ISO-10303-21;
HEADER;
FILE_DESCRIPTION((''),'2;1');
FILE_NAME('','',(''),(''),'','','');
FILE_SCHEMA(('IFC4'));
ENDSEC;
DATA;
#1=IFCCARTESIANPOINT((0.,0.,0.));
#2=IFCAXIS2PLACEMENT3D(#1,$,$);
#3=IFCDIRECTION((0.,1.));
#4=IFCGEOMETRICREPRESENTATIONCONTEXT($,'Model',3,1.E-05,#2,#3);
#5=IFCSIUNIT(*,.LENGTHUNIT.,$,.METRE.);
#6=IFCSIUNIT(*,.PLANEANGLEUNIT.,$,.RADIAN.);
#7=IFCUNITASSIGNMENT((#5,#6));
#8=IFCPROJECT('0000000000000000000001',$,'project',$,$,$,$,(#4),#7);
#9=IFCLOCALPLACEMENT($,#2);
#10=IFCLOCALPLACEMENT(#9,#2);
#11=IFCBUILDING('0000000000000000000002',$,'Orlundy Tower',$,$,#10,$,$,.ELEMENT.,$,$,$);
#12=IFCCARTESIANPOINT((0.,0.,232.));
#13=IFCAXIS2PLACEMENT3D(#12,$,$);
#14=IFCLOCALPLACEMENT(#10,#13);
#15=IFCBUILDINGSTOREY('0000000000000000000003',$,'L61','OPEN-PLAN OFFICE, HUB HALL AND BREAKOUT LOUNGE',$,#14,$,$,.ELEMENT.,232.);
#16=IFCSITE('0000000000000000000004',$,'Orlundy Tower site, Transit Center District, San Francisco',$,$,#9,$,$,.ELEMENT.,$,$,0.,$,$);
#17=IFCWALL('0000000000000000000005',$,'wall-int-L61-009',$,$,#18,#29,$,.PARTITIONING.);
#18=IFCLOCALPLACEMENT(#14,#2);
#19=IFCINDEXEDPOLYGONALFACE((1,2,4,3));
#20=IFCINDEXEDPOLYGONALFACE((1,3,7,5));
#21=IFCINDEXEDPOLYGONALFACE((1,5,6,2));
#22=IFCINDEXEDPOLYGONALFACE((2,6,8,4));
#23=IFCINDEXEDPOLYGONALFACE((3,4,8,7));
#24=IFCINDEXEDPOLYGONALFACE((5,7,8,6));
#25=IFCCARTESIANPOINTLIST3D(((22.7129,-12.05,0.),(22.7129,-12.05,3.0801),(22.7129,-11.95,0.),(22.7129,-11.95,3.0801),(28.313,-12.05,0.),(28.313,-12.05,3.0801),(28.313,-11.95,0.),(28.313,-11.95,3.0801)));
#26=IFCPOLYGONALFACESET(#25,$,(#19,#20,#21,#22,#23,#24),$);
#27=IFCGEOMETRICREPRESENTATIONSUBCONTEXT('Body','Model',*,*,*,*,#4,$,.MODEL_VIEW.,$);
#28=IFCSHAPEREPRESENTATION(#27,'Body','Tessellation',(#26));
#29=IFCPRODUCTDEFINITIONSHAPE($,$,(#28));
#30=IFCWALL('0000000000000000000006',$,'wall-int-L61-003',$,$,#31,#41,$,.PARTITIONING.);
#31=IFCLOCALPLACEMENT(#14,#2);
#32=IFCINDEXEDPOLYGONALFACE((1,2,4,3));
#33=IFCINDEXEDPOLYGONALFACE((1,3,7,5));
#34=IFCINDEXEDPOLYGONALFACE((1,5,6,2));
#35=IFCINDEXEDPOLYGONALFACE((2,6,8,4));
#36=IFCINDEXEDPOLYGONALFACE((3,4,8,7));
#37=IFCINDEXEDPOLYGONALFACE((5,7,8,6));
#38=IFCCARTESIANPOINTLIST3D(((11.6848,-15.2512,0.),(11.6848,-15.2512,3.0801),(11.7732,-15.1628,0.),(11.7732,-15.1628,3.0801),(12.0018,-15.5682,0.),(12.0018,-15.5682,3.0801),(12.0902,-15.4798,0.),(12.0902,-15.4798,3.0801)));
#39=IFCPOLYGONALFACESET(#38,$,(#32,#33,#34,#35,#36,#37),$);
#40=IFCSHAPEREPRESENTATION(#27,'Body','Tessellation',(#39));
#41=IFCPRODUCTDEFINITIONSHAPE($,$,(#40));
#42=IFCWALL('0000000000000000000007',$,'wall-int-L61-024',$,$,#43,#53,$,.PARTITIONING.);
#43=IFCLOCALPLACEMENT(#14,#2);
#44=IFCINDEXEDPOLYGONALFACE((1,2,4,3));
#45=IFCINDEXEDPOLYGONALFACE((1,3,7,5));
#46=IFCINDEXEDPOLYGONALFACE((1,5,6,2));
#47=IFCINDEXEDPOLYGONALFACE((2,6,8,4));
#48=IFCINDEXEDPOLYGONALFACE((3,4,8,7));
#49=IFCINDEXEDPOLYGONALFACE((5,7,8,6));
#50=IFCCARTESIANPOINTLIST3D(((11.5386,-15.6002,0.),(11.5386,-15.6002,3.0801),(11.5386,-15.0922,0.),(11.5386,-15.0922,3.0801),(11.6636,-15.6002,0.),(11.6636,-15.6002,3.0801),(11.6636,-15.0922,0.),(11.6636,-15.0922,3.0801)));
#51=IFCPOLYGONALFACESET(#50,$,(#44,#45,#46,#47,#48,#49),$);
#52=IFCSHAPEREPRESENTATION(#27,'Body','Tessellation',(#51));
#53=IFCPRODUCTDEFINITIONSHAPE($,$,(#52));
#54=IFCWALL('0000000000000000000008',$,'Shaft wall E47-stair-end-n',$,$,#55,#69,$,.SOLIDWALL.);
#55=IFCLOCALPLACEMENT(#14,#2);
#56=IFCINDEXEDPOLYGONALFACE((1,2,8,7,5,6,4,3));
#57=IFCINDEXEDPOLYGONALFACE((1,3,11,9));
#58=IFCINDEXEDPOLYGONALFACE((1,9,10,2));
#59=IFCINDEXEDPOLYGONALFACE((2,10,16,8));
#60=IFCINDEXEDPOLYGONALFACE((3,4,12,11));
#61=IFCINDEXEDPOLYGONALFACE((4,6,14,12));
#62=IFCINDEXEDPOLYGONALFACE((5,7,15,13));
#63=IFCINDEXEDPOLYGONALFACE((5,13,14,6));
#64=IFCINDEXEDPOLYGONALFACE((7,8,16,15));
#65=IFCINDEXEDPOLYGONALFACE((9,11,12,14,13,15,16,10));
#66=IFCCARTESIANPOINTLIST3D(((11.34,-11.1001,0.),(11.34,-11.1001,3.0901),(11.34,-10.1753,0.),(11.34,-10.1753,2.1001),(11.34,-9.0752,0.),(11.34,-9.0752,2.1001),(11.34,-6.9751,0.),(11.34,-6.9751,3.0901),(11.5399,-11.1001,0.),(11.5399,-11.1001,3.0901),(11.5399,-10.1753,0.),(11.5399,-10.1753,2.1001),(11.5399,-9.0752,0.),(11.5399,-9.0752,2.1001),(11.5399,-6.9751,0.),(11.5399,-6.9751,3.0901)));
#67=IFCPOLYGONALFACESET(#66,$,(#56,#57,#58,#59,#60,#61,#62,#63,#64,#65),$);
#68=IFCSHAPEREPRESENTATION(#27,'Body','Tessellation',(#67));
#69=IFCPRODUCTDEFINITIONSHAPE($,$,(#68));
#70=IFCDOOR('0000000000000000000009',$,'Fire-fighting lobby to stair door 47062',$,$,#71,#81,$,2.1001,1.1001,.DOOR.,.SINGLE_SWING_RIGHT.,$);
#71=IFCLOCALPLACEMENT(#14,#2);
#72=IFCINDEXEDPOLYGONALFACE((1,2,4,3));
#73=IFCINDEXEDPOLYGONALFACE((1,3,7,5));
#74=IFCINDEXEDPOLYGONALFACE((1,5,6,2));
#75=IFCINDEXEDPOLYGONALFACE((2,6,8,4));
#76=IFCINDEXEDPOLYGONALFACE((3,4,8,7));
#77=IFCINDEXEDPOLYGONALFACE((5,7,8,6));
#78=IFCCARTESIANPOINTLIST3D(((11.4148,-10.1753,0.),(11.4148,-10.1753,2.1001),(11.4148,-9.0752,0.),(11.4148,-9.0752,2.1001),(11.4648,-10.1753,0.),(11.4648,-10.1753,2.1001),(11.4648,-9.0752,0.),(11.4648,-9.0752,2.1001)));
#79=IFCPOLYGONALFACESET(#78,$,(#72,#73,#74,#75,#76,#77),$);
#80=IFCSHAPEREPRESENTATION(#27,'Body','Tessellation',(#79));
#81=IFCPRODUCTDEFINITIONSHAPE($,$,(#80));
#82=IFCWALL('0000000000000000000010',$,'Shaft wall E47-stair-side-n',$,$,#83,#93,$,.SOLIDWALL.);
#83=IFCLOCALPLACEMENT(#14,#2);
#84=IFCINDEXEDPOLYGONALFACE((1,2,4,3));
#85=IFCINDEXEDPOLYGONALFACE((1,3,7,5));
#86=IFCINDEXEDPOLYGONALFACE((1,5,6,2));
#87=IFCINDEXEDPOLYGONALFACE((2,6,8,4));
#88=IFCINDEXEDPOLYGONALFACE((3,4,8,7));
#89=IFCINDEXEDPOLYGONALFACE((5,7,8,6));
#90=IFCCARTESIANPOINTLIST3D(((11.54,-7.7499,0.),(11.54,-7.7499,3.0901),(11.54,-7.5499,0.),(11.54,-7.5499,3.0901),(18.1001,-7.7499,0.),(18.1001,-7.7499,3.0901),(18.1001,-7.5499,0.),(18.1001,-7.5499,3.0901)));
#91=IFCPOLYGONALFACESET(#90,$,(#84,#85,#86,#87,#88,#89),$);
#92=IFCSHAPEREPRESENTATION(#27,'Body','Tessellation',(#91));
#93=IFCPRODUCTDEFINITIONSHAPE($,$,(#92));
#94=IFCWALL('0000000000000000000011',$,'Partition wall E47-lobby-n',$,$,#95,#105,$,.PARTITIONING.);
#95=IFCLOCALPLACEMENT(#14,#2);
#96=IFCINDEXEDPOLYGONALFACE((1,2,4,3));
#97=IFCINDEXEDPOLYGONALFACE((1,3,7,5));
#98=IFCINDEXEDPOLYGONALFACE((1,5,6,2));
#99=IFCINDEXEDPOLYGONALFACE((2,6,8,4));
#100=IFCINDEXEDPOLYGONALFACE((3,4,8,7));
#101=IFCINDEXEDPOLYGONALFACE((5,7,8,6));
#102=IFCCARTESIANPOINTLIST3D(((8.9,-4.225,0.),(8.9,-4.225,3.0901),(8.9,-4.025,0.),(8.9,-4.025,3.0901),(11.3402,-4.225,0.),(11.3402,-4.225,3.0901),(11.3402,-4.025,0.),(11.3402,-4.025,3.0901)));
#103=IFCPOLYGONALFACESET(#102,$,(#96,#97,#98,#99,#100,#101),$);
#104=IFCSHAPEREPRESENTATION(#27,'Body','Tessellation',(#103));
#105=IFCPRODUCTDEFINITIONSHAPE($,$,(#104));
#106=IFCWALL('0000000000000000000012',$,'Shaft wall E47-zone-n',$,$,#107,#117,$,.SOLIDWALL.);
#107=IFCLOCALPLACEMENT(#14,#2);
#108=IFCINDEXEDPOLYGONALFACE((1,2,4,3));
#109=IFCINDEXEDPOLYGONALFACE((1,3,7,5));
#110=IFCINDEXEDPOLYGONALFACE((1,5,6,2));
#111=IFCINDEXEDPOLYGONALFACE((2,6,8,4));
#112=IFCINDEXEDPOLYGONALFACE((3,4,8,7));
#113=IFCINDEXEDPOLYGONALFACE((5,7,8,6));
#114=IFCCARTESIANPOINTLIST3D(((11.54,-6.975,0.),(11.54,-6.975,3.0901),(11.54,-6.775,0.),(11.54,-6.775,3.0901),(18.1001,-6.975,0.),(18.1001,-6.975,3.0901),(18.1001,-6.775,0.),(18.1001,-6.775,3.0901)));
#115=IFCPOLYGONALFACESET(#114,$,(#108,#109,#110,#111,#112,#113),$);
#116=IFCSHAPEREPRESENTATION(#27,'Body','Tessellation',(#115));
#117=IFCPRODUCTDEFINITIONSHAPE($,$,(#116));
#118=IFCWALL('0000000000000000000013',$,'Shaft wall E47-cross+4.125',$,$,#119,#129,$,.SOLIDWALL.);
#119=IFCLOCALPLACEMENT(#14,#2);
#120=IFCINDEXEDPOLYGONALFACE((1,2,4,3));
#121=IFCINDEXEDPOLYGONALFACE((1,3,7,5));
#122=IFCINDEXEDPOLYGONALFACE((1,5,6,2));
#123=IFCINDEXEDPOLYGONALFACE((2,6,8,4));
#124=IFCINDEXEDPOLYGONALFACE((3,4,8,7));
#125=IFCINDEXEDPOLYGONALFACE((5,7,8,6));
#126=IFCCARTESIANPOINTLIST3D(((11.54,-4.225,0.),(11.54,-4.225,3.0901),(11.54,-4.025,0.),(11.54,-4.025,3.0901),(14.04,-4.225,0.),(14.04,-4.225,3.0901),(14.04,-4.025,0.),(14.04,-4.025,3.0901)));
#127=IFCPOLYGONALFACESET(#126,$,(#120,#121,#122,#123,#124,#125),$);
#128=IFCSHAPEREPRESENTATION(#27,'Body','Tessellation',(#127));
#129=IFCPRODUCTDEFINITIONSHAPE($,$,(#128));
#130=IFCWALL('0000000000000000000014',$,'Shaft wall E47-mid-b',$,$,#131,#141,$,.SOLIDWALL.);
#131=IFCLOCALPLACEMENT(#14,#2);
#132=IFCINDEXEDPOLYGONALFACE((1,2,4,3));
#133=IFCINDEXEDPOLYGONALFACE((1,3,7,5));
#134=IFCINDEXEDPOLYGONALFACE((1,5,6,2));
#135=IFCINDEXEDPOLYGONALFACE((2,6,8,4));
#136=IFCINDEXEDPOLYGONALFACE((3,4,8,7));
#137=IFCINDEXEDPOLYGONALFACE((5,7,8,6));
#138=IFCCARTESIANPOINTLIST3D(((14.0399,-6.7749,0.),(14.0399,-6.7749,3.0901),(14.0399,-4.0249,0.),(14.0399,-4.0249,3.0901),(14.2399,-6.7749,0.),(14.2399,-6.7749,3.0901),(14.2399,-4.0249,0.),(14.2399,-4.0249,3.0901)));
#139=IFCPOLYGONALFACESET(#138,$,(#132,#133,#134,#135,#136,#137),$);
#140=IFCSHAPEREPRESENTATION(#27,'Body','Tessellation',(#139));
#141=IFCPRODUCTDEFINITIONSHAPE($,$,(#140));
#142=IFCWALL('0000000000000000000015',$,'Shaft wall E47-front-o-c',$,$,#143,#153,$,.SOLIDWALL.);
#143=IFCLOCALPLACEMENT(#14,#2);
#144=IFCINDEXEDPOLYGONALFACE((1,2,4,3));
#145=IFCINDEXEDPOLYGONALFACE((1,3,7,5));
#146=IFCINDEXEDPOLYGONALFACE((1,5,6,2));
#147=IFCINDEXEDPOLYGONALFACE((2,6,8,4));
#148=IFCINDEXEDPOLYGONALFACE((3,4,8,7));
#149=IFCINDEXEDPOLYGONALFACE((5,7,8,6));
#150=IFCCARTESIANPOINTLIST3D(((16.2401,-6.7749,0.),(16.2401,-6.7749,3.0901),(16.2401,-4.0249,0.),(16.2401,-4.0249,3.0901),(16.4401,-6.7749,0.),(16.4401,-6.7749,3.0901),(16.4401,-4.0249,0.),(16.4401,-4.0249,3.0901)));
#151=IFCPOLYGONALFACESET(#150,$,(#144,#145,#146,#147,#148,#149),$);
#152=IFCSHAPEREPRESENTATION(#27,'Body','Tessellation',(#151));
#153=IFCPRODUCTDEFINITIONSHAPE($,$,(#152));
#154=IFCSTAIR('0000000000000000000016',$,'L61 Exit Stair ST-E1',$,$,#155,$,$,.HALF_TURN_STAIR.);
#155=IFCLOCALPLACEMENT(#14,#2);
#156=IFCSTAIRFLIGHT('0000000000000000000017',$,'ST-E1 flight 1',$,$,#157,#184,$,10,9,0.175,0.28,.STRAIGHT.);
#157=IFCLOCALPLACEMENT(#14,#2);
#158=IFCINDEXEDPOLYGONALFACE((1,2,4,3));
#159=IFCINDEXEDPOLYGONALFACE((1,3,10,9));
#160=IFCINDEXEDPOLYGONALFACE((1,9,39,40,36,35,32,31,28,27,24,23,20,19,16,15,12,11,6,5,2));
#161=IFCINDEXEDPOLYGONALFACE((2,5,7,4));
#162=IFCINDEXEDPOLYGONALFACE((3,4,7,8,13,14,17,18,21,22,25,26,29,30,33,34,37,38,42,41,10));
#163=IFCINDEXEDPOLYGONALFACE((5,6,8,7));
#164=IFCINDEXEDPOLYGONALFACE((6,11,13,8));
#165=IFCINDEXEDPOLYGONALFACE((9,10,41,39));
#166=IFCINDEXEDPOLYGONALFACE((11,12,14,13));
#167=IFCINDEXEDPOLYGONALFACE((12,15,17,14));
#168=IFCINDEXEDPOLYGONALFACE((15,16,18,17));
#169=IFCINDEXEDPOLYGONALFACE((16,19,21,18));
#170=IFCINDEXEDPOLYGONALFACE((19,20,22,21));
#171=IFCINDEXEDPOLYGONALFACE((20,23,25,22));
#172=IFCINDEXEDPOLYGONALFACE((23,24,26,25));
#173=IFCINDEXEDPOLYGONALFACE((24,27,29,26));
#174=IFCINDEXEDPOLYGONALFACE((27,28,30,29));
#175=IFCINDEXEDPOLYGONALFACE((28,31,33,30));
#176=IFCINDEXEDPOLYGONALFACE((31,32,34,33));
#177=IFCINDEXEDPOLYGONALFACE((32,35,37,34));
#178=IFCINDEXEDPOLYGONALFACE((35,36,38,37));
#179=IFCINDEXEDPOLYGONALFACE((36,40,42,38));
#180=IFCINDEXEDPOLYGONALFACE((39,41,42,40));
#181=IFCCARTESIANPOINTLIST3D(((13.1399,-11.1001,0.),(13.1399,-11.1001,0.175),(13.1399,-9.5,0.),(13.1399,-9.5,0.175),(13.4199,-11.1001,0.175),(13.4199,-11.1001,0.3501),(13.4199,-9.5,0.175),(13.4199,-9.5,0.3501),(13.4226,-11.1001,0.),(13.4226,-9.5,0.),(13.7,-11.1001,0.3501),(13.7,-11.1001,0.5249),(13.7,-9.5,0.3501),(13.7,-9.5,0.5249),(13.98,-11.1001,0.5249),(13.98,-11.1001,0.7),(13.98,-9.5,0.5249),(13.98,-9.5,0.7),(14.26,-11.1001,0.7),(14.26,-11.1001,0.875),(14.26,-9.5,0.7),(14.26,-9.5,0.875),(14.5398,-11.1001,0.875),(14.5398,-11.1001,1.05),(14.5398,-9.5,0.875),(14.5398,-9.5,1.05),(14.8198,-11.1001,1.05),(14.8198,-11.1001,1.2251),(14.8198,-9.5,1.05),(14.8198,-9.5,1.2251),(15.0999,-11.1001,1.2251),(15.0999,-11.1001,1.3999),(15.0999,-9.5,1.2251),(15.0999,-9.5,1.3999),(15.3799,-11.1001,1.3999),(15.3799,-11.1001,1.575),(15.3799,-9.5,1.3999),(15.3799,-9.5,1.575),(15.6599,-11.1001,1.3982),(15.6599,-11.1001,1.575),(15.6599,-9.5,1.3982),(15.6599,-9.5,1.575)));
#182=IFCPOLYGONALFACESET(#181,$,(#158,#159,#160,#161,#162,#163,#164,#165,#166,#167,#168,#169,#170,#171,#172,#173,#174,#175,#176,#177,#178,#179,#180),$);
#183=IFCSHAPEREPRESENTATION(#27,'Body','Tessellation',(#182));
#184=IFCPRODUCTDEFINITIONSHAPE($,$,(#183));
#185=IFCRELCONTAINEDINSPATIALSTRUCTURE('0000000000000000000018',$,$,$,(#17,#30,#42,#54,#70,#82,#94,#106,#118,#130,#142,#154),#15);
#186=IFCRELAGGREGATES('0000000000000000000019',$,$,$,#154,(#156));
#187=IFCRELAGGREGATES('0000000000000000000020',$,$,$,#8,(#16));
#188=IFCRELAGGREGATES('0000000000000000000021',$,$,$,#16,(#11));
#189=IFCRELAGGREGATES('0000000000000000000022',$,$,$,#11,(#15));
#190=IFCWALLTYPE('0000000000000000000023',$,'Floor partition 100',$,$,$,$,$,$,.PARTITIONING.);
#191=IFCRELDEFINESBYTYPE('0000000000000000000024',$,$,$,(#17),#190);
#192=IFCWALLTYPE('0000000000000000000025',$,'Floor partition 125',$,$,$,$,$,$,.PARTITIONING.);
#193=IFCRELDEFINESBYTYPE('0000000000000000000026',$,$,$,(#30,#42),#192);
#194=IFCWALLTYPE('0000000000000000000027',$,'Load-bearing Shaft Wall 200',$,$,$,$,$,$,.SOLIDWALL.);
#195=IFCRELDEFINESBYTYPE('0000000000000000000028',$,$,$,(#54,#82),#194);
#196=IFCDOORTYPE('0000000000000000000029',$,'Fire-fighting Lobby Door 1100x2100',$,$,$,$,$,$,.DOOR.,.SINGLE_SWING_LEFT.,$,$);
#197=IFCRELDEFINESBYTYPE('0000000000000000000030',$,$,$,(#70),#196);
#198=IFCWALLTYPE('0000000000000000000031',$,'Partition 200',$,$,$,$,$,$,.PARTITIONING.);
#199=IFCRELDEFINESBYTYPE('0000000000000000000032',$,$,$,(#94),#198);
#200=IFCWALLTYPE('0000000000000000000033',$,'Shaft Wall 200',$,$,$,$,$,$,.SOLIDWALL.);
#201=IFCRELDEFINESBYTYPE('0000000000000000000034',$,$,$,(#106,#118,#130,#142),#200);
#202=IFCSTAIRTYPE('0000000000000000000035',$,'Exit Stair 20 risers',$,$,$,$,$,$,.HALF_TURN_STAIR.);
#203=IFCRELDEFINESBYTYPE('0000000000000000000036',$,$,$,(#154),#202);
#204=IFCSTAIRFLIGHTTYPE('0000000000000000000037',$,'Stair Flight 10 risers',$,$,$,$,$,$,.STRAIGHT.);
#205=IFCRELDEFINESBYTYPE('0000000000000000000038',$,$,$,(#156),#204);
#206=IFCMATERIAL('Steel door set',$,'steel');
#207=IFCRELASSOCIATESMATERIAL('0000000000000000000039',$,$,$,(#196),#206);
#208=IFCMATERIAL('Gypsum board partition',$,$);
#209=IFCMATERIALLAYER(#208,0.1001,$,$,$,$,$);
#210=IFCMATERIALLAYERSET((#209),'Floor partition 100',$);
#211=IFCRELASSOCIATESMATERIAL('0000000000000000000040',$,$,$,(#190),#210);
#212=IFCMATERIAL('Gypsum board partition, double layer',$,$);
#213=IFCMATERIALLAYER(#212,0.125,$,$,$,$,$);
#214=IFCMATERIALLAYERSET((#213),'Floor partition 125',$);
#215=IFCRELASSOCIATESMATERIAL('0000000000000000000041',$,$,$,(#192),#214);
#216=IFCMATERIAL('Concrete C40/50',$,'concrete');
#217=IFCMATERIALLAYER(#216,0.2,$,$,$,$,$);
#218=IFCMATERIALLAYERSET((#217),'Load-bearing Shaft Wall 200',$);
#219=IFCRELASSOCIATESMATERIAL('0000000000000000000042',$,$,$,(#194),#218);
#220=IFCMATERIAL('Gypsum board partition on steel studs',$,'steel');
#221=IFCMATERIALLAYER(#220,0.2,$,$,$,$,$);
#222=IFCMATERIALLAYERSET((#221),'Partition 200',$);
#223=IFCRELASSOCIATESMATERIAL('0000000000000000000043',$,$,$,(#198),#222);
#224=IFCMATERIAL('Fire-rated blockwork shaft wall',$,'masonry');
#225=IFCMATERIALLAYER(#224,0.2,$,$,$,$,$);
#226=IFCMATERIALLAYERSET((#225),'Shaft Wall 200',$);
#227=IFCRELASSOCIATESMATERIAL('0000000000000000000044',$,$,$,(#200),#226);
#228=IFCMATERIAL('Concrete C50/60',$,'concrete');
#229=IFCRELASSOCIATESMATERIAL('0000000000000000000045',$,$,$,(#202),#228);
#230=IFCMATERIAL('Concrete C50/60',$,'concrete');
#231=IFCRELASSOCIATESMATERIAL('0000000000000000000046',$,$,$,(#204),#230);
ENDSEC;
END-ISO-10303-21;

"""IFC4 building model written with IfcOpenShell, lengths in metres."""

from ifc_helpers import new_model, si_unit, direction, frame, frame_2d, origin, place, context, subcontext, project, spatial, polyline, rectangle, outline, extrude, material, layer, layer_set, type_object, element, fill, aggregate, save


model = new_model("IFC4")

# Units and contexts
model_context = context("Model", 3, precision=1e-05, world=origin(), true_north=direction((0.0, 1.0)))
body_context = subcontext(model_context, "Body", "Model", "MODEL_VIEW")
ifc_project = project(units=[si_unit("LENGTHUNIT", "METRE"), si_unit("PLANEANGLEUNIT", "RADIAN")], contexts=[model_context])

# Site, building, storey
site_placement = place(None, origin())
site = spatial("IfcSite", under=ifc_project, at=site_placement, Name="Orlundy Tower site, Transit Center District, San Francisco", CompositionType="ELEMENT", RefElevation=0.0)
building_placement = place(site_placement, origin())
building = spatial("IfcBuilding", under=site, at=building_placement, Name="Orlundy Tower", CompositionType="ELEMENT")
storey_placement = place(building_placement, frame((0.0, 0.0, 232.0)))
storey = spatial("IfcBuildingStorey", under=building, at=storey_placement, Name="L61", Description="OPEN-PLAN OFFICE, HUB HALL AND BREAKOUT LOUNGE", CompositionType="ELEMENT", Elevation=232.0)

# Shared definitions
ifc_material_1 = material(Name="Steel door set", Category="steel")
door_type_1 = type_object("IfcDoorType", Name="Fire-fighting Lobby Door 1100x2100", OperationType="SINGLE_SWING_LEFT", PredefinedType="DOOR", material=ifc_material_1)

# Walls
ifc_material_2 = material(Name="Gypsum board partition")
ifc_layer_1 = layer(ifc_material_2, 0.1001)
ifc_layer_set_1 = layer_set([ifc_layer_1], Name="Floor partition 100")
wall_type_1 = type_object("IfcWallType", Name="Floor partition 100", PredefinedType="PARTITIONING", material=ifc_layer_set_1)
wall_1_placement = place(storey_placement, frame((22.7129, -12.0, 0.0), z_axis=(0.0, 0.0, 1.0), x_axis=(1.0, 0.0, 0.0)))
element("IfcWall", 1, at=wall_1_placement, inside=storey, type_object=wall_type_1, Name="wall-int-L61-009", PredefinedType="PARTITIONING", context=body_context, shape_type="SweptSolid", body=[
    extrude(rectangle(XDim=5.6001, YDim=0.1001, at=frame_2d((2.8, 0.0))), origin(), (0.0, 0.0, 1.0), 3.0801),
])
ifc_material_3 = material(Name="Gypsum board partition, double layer")
ifc_layer_2 = layer(ifc_material_3, 0.125)
ifc_layer_set_2 = layer_set([ifc_layer_2], Name="Floor partition 125")
wall_type_2 = type_object("IfcWallType", Name="Floor partition 125", PredefinedType="PARTITIONING", material=ifc_layer_set_2)
wall_2_placement = place(storey_placement, frame((11.729, -15.207, 0.0), z_axis=(0.0, 0.0, 1.0), x_axis=(0.707107, -0.707107, 0.0)))
element("IfcWall", 2, at=wall_2_placement, inside=storey, type_object=wall_type_2, Name="wall-int-L61-003", PredefinedType="PARTITIONING", context=body_context, shape_type="SweptSolid", body=[
    extrude(rectangle(XDim=0.4482, YDim=0.125, at=frame_2d((0.2241, 0.0))), origin(), (0.0, 0.0, 1.0), 3.0801),
])
wall_3_placement = place(storey_placement, frame((11.6011, -15.6001, 0.0), z_axis=(0.0, 0.0, 1.0), x_axis=(0.0, 1.0, 0.0)))
element("IfcWall", 3, at=wall_3_placement, inside=storey, type_object=wall_type_2, Name="wall-int-L61-024", PredefinedType="PARTITIONING", context=body_context, shape_type="SweptSolid", body=[
    extrude(rectangle(XDim=0.5081, YDim=0.125, at=frame_2d((0.2539, 0.0))), origin(), (0.0, 0.0, 1.0), 3.0801),
])

# Wall, opening, door
ifc_material_4 = material(Name="Concrete C40/50", Category="concrete")
ifc_layer_3 = layer(ifc_material_4, 0.2)
ifc_layer_set_3 = layer_set([ifc_layer_3], Name="Load-bearing Shaft Wall 200")
wall_type_3 = type_object("IfcWallType", Name="Load-bearing Shaft Wall 200", PredefinedType="SOLIDWALL", material=ifc_layer_set_3)
wall_4_placement = place(storey_placement, frame((11.4399, -6.9751, 0.0), z_axis=(0.0, 0.0, 1.0), x_axis=(0.0, -1.0, 0.0)))
wall_4 = element("IfcWall", 4, at=wall_4_placement, inside=storey, type_object=wall_type_3, Name="Shaft wall E47-stair-end-n", PredefinedType="SOLIDWALL", context=body_context, shape_type="SweptSolid", body=[
    extrude(rectangle(XDim=4.125, YDim=0.2, at=frame_2d((2.0625, 0.0))), origin(), (0.0, 0.0, 1.0), 3.0901),
])
opening_1_placement = place(wall_4_placement, frame((2.1001, 0.0, 0.0)))
opening_1 = element("IfcOpeningElement", 5, at=opening_1_placement, cuts=wall_4, PredefinedType="OPENING", context=body_context, shape_type="SweptSolid", body=[
    extrude(rectangle(XDim=1.1001, YDim=2.1001, at=frame_2d((0.55, 1.05))), frame((0.0, 0.1101, 0.0), z_axis=(0.0, -1.0, 0.0), x_axis=(1.0, 0.0, 0.0)), (0.0, 0.0, 1.0), 0.2202),
])
door_1_placement = place(opening_1_placement, origin())
door_1 = element("IfcDoor", 6, at=door_1_placement, inside=storey, type_object=door_type_1, Name="Fire-fighting lobby to stair door 47062", OperationType="SINGLE_SWING_RIGHT", OverallHeight=2.1001, OverallWidth=1.1001, PredefinedType="DOOR", context=body_context, shape_type="SweptSolid", body=[
    extrude(rectangle(XDim=1.1001, YDim=2.1001, at=frame_2d((0.55, 1.05))), frame((0.0, 0.0249, 0.0), z_axis=(0.0, -1.0, 0.0), x_axis=(1.0, 0.0, 0.0)), (0.0, 0.0, 1.0), 0.05),
])
fill(opening_1, door_1)

# Walls
wall_5_placement = place(storey_placement, frame((11.54, -7.6499, 0.0), z_axis=(0.0, 0.0, 1.0), x_axis=(1.0, 0.0, 0.0)))
element("IfcWall", 7, at=wall_5_placement, inside=storey, type_object=wall_type_3, Name="Shaft wall E47-stair-side-n", PredefinedType="SOLIDWALL", context=body_context, shape_type="SweptSolid", body=[
    extrude(rectangle(XDim=6.5601, YDim=0.2, at=frame_2d((3.28, 0.0))), origin(), (0.0, 0.0, 1.0), 3.0901),
])
ifc_material_5 = material(Name="Gypsum board partition on steel studs", Category="steel")
ifc_layer_4 = layer(ifc_material_5, 0.2)
ifc_layer_set_4 = layer_set([ifc_layer_4], Name="Partition 200")
wall_type_4 = type_object("IfcWallType", Name="Partition 200", PredefinedType="PARTITIONING", material=ifc_layer_set_4)
wall_6_placement = place(storey_placement, frame((8.8999, -4.125, 0.0), z_axis=(0.0, 0.0, 1.0), x_axis=(1.0, 0.0, 0.0)))
element("IfcWall", 8, at=wall_6_placement, inside=storey, type_object=wall_type_4, Name="Partition wall E47-lobby-n", PredefinedType="PARTITIONING", context=body_context, shape_type="SweptSolid", body=[
    extrude(rectangle(XDim=2.4402, YDim=0.2, at=frame_2d((1.2202, 0.0))), origin(), (0.0, 0.0, 1.0), 3.0901),
])
ifc_material_6 = material(Name="Fire-rated blockwork shaft wall", Category="masonry")
ifc_layer_5 = layer(ifc_material_6, 0.2)
ifc_layer_set_5 = layer_set([ifc_layer_5], Name="Shaft Wall 200")
wall_type_5 = type_object("IfcWallType", Name="Shaft Wall 200", PredefinedType="SOLIDWALL", material=ifc_layer_set_5)
wall_7_placement = place(storey_placement, frame((11.54, -6.875, 0.0), z_axis=(0.0, 0.0, 1.0), x_axis=(1.0, 0.0, 0.0)))
element("IfcWall", 9, at=wall_7_placement, inside=storey, type_object=wall_type_5, Name="Shaft wall E47-zone-n", PredefinedType="SOLIDWALL", context=body_context, shape_type="SweptSolid", body=[
    extrude(rectangle(XDim=6.5601, YDim=0.2, at=frame_2d((3.28, 0.0))), origin(), (0.0, 0.0, 1.0), 3.0901),
])
wall_8_placement = place(storey_placement, frame((11.54, -4.125, 0.0), z_axis=(0.0, 0.0, 1.0), x_axis=(1.0, 0.0, 0.0)))
element("IfcWall", 10, at=wall_8_placement, inside=storey, type_object=wall_type_5, Name="Shaft wall E47-cross+4.125", PredefinedType="SOLIDWALL", context=body_context, shape_type="SweptSolid", body=[
    extrude(rectangle(XDim=2.5, YDim=0.2, at=frame_2d((1.25, 0.0))), origin(), (0.0, 0.0, 1.0), 3.0901),
])
for number, where, z_axis, x_axis, name in (
    (11, (14.1399, -4.0249, 0.0), (0.0, 0.0, 1.0), (0.0, -1.0, 0.0), "Shaft wall E47-mid-b"),
    (12, (16.3401, -4.0249, 0.0), (0.0, 0.0, 1.0), (0.0, -1.0, 0.0), "Shaft wall E47-front-o-c"),
):
    element("IfcWall", number, at=place(storey_placement, frame(where, z_axis=z_axis, x_axis=x_axis)), inside=storey, type_object=wall_type_5, Name=name, PredefinedType="SOLIDWALL", context=body_context, shape_type="SweptSolid", body=[
        extrude(rectangle(XDim=2.75, YDim=0.2, at=frame_2d((1.375, 0.0))), origin(), (0.0, 0.0, 1.0), 3.0901),
    ])

# Stair, stair flight
ifc_material_7 = material(Name="Concrete C50/60", Category="concrete")
stair_type = type_object("IfcStairType", Name="Exit Stair 20 risers", PredefinedType="HALF_TURN_STAIR", material=ifc_material_7)
stair_placement = place(storey_placement, origin())
stair = element("IfcStair", 13, at=stair_placement, inside=storey, type_object=stair_type, Name="L61 Exit Stair ST-E1", PredefinedType="HALF_TURN_STAIR")
ifc_material_8 = material(Name="Concrete C50/60", Category="concrete")
stair_flight_type = type_object("IfcStairFlightType", Name="Stair Flight 10 risers", PredefinedType="STRAIGHT", material=ifc_material_8)
stair_flight_1_placement = place(storey_placement, frame((13.1399, -10.3, 0.0), z_axis=(0.0, 0.0, 1.0), x_axis=(1.0, 0.0, 0.0)))
stair_flight_1 = element("IfcStairFlight", 14, at=stair_flight_1_placement, type_object=stair_flight_type, Name="ST-E1 flight 1", NumberOfRisers=10, NumberOfTreads=9, PredefinedType="STRAIGHT", RiserHeight=0.175, TreadLength=0.28, context=body_context, shape_type="SweptSolid", body=[
    extrude(outline(polyline([(0.0, 0.0), (0.0, 0.175), (0.28, 0.175), (0.28, 0.3501), (0.5601, 0.3501), (0.5601, 0.5249), (0.8401, 0.5249), (0.8401, 0.7), (1.1201, 0.7), (1.1201, 0.875), (1.3999, 0.875), (1.3999, 1.05), (1.6799, 1.05), (1.6799, 1.2251), (1.96, 1.2251), (1.96, 1.3999), (2.24, 1.3999), (2.24, 1.575), (2.52, 1.575), (2.52, 1.75), (2.52, 1.3982), (0.2827, 0.0), (0.0, 0.0)])), frame((0.0, 0.8, 0.0), z_axis=(0.0, -1.0, 0.0), x_axis=(1.0, 0.0, 0.0)), (0.0, 0.0, 1.0), 1.6001),
])
aggregate(stair, [stair_flight_1])

save(model, "model.ifc")
